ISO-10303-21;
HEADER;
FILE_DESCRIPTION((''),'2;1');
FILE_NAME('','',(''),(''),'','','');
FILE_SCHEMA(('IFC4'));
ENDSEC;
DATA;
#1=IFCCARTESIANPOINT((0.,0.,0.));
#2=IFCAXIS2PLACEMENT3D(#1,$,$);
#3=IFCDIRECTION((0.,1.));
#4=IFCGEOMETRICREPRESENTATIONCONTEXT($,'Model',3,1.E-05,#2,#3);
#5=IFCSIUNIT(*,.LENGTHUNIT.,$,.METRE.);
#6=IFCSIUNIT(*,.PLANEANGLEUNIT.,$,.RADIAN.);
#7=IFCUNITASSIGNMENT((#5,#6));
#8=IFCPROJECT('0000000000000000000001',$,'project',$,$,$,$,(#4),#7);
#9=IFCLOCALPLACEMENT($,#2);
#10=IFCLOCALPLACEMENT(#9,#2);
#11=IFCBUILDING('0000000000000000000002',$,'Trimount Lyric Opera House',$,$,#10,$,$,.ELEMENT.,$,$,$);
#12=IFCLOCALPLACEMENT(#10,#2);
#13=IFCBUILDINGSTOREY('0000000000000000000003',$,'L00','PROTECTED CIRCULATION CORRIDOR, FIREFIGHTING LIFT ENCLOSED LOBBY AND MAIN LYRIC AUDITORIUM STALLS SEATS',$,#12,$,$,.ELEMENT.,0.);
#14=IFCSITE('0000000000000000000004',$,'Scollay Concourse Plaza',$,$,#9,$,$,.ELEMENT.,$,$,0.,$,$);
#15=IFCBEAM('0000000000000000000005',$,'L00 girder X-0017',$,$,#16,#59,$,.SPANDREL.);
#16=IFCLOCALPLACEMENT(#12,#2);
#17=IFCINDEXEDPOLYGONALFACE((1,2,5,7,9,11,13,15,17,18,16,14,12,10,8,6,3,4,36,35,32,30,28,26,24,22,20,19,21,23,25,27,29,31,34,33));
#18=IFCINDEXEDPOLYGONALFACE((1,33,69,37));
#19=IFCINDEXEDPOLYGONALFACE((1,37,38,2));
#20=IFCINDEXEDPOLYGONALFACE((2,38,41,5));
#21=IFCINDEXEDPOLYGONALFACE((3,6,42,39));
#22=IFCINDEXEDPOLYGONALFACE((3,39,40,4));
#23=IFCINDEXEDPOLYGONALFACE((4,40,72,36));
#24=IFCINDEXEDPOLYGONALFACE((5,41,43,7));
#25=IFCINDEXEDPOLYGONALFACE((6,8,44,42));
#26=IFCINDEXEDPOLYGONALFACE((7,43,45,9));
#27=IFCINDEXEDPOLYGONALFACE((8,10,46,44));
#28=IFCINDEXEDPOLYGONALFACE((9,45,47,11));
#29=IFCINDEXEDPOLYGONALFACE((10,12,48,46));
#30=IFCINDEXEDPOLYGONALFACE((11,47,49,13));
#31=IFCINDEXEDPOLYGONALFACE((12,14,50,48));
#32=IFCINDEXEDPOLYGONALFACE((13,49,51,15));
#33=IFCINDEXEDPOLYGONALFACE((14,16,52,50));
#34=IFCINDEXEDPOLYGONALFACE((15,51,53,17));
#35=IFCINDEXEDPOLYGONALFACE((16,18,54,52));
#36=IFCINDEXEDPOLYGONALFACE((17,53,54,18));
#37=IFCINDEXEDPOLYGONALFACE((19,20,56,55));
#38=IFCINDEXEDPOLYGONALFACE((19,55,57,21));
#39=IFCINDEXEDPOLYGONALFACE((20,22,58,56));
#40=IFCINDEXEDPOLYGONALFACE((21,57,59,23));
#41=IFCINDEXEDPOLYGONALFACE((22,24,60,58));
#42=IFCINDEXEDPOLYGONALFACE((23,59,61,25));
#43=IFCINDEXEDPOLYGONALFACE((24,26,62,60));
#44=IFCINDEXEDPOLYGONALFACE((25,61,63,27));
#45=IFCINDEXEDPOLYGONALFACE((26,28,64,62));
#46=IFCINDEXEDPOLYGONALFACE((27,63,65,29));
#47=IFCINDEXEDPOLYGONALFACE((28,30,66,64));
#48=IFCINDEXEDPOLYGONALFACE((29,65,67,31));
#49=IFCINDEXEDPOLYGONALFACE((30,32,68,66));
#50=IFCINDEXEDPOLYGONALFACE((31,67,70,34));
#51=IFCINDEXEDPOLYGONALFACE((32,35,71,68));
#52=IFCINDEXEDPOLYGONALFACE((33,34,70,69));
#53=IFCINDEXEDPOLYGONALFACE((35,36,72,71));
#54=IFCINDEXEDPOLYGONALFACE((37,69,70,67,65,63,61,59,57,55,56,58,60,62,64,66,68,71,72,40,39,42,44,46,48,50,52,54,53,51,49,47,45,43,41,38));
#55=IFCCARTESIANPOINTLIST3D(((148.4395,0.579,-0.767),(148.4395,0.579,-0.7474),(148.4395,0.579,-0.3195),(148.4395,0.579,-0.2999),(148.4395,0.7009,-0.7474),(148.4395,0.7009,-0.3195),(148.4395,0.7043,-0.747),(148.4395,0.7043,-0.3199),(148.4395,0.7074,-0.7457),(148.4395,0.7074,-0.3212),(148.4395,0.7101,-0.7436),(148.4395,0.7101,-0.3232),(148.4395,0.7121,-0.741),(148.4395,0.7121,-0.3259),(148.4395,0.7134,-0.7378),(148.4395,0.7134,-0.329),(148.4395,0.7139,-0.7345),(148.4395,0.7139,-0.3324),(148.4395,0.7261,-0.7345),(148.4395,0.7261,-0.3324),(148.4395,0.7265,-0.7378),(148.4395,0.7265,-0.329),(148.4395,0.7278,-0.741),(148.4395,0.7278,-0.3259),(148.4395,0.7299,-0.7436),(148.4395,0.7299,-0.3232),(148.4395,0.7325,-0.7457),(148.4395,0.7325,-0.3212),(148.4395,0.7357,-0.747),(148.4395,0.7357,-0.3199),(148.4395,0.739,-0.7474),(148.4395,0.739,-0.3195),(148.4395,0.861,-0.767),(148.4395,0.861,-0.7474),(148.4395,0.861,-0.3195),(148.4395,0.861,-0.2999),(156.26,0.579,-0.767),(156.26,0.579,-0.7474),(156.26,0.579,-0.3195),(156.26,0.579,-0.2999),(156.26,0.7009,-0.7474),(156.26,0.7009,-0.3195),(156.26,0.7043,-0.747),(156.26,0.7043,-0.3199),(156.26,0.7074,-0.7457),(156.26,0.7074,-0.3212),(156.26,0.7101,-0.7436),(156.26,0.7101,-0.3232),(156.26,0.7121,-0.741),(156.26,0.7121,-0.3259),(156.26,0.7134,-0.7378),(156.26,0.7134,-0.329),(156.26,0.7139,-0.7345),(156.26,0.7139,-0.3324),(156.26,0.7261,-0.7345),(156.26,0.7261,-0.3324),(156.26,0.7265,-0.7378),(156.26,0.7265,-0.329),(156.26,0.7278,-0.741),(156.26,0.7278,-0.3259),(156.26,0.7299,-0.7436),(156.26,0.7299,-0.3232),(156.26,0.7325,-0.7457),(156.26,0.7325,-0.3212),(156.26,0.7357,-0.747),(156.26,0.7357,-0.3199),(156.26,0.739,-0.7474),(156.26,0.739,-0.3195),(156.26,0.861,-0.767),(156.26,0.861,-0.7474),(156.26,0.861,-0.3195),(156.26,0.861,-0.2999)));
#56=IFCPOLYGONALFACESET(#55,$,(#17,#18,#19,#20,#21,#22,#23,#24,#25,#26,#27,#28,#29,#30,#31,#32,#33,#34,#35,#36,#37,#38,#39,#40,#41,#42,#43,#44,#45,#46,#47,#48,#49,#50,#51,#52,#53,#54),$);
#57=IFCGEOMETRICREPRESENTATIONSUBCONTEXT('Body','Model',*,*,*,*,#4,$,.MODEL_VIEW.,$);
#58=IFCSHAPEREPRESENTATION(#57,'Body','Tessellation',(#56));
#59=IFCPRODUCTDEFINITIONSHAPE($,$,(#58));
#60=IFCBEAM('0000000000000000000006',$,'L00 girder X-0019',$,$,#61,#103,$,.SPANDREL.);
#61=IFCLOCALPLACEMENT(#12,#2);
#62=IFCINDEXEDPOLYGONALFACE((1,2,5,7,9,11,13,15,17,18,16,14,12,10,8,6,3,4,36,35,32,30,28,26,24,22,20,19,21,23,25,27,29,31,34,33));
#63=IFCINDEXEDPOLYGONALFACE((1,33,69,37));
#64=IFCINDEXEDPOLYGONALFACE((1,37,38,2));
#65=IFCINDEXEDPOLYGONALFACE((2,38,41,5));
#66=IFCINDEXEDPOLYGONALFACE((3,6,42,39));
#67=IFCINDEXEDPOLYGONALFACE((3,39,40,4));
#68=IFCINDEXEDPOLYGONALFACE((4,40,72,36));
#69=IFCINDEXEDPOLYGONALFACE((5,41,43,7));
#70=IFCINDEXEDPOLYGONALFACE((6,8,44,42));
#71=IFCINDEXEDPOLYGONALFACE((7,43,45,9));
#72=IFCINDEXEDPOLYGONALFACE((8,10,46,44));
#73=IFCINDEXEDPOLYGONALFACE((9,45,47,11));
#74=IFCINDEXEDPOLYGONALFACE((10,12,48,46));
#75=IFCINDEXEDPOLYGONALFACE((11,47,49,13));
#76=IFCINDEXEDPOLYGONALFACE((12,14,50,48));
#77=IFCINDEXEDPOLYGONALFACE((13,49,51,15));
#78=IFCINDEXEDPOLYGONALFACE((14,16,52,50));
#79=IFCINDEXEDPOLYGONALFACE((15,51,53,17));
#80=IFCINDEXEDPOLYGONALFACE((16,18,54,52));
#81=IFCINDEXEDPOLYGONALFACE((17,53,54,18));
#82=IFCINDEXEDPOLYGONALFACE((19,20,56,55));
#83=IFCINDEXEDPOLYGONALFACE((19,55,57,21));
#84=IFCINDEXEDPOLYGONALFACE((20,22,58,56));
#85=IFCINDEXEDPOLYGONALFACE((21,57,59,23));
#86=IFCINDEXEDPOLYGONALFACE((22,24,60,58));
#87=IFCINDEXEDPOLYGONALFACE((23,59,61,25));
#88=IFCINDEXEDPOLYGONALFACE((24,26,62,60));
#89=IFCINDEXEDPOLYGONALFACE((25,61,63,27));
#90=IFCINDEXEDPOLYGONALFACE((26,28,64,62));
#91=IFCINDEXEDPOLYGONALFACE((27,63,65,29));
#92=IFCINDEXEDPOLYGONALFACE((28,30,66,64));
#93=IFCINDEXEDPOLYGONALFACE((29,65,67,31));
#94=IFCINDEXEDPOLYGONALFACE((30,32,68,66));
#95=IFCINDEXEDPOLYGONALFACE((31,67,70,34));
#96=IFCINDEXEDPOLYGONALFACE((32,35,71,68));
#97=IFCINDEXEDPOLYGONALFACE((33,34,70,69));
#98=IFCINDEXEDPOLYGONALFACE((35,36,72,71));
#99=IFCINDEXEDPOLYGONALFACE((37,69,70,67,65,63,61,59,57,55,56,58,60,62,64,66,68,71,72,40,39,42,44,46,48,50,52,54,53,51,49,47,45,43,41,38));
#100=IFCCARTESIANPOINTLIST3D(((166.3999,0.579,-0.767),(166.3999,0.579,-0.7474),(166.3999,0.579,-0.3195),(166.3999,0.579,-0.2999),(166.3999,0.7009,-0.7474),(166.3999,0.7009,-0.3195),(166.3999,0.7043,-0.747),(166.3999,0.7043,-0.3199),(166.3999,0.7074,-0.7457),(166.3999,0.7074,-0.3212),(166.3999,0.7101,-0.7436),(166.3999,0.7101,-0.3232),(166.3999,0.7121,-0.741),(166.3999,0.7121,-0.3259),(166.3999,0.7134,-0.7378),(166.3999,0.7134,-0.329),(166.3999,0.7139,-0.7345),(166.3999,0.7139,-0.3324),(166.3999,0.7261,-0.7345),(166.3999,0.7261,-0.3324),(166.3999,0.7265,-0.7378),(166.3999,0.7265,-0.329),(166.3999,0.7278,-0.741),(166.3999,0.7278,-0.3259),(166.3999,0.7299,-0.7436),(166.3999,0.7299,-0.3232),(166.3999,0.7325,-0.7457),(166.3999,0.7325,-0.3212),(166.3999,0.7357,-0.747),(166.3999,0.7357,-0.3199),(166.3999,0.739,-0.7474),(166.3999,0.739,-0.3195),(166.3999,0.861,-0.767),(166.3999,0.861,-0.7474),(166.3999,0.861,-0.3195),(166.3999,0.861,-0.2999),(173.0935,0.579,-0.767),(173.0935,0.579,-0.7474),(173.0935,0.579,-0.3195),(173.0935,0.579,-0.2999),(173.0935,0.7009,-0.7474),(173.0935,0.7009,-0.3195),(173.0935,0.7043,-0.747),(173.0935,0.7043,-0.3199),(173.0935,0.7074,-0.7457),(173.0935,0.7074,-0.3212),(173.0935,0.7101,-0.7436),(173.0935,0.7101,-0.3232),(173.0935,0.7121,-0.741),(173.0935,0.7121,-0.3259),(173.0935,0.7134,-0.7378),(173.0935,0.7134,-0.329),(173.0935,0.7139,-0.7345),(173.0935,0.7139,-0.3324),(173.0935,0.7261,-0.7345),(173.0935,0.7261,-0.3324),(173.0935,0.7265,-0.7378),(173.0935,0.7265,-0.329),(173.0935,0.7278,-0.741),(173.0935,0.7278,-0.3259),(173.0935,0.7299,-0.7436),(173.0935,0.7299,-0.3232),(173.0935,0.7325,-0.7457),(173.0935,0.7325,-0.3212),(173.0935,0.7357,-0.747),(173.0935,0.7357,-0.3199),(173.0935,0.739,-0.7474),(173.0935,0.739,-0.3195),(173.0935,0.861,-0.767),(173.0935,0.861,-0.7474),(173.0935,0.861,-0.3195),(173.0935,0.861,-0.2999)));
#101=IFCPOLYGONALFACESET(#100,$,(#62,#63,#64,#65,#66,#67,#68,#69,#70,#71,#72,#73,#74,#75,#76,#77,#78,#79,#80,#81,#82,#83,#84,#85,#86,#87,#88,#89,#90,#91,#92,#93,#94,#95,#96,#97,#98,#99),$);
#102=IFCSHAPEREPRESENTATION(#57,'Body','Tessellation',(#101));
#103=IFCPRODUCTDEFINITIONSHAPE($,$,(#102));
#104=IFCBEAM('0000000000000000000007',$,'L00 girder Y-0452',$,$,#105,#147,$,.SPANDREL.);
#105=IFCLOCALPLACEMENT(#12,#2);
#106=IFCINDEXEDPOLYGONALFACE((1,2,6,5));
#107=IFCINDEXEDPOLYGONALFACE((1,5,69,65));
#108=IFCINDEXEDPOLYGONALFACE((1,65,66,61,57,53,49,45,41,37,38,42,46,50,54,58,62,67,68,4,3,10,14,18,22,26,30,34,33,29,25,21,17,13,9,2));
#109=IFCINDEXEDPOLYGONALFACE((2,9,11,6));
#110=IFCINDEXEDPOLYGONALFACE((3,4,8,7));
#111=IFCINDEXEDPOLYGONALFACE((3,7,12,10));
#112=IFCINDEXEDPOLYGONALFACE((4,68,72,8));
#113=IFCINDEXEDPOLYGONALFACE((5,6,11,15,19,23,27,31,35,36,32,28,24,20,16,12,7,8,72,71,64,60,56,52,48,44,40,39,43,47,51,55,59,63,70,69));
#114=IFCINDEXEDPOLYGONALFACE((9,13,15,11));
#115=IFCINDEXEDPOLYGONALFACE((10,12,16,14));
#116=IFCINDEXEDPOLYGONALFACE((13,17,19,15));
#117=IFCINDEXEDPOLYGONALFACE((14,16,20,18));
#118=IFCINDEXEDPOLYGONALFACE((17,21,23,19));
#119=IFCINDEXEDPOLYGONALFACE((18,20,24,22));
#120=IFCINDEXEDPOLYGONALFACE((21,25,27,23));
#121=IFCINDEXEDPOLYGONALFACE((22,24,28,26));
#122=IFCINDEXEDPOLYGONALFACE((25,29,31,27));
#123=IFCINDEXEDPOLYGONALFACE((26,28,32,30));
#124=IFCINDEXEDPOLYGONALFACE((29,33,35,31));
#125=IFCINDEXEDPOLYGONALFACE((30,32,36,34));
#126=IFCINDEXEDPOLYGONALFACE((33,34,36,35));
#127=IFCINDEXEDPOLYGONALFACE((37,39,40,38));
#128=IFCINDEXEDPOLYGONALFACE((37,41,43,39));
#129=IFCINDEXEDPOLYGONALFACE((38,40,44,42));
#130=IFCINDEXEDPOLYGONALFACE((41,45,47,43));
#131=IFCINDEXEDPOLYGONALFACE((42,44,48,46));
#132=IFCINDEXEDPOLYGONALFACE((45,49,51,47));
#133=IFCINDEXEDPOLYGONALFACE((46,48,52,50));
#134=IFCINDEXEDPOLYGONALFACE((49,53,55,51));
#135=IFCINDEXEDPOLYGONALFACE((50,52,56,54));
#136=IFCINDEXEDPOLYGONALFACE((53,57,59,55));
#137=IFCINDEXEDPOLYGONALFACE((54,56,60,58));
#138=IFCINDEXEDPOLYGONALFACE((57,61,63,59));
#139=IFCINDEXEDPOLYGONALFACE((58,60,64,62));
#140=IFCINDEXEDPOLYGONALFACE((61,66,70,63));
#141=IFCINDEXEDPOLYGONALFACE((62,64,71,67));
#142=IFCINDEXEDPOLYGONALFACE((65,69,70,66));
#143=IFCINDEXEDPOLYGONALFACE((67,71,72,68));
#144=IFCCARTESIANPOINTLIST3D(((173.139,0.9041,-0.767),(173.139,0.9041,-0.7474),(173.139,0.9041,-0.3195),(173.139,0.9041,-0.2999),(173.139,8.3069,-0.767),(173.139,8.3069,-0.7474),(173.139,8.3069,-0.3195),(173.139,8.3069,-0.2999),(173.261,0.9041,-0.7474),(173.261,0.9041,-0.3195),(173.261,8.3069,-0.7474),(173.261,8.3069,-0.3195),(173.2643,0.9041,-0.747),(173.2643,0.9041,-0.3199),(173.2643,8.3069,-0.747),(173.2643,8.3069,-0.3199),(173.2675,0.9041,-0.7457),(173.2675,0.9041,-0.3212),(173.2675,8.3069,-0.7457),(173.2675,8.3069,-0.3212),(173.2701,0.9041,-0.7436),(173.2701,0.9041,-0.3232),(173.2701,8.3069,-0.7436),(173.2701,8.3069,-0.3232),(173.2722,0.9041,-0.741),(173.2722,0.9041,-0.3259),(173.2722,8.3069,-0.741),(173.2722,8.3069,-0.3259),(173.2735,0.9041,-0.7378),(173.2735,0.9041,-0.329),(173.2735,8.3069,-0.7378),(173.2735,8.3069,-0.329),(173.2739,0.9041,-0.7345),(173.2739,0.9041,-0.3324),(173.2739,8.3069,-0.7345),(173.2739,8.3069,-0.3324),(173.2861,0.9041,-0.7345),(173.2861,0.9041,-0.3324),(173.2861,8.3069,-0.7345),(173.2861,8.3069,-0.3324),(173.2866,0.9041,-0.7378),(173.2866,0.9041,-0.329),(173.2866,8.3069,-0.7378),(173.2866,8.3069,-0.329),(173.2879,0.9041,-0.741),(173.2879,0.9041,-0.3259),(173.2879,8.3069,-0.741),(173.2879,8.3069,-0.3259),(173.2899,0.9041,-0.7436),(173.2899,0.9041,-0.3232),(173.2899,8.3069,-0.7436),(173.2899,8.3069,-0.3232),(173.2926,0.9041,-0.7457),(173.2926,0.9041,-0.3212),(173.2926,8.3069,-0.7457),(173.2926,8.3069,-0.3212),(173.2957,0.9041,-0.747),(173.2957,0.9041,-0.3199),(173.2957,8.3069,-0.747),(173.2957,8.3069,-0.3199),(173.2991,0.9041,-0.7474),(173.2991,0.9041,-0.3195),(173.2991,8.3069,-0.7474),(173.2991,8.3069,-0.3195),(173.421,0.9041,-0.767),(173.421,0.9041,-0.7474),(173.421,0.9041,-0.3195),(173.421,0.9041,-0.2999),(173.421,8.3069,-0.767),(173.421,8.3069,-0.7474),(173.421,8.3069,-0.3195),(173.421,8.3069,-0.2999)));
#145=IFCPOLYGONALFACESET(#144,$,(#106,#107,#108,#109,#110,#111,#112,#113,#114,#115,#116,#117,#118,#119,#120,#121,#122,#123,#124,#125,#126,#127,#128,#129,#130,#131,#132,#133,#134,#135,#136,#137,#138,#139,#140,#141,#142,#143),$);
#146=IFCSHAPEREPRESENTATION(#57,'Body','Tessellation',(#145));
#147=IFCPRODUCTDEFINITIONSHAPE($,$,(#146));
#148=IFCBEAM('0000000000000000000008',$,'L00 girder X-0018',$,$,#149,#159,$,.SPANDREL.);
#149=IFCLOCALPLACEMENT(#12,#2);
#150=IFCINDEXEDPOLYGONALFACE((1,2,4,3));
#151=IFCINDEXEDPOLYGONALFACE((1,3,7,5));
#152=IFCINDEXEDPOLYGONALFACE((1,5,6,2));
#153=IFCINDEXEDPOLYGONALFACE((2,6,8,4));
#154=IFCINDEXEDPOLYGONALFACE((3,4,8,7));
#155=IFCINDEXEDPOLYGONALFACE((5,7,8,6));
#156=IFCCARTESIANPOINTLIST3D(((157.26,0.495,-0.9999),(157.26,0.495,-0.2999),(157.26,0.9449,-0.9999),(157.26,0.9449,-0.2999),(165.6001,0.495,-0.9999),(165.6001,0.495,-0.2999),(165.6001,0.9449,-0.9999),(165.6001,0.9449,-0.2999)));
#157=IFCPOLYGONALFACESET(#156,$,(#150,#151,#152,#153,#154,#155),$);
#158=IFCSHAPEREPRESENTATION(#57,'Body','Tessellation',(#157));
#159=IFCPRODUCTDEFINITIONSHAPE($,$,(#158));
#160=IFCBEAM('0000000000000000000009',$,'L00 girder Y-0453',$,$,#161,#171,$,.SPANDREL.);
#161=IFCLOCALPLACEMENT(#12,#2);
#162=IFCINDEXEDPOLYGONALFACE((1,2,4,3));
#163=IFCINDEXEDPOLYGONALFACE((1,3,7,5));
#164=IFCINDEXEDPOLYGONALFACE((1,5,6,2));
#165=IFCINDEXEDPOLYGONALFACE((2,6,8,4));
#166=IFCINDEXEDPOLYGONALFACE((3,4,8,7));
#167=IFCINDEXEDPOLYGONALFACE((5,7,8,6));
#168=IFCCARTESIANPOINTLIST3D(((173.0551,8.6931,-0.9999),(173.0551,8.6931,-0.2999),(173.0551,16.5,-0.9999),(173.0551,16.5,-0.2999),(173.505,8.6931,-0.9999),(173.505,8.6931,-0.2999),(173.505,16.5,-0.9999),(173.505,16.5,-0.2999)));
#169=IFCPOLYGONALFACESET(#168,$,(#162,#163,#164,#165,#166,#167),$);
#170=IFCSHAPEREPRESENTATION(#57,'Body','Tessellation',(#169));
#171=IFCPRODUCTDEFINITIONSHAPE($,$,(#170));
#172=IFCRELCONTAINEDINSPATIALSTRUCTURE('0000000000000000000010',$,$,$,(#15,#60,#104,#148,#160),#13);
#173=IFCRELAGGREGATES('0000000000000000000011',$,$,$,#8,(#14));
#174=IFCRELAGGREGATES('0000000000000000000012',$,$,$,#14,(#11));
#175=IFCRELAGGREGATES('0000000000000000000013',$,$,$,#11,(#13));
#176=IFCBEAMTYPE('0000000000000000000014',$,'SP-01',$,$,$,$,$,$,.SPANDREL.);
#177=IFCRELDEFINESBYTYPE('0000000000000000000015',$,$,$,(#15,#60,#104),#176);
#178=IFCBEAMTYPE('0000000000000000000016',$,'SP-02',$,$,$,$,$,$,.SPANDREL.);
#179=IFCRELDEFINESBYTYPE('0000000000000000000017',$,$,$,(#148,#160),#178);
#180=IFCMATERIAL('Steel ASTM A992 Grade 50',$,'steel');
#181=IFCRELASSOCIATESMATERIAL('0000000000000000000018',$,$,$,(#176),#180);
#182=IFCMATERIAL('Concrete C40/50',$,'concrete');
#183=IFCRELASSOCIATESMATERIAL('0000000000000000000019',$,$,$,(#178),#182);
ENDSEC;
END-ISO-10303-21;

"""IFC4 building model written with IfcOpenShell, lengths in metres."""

from ifc_helpers import new_model, si_unit, direction, frame, origin, origin_2d, place, context, subcontext, project, spatial, rectangle, i_section, extrude, material, material_profile, profile_set, type_object, element, save


model = new_model("IFC4")

# Units and contexts
model_context = context("Model", 3, precision=1e-05, world=origin(), true_north=direction((0.0, 1.0)))
body_context = subcontext(model_context, "Body", "Model", "MODEL_VIEW")
ifc_project = project(units=[si_unit("LENGTHUNIT", "METRE"), si_unit("PLANEANGLEUNIT", "RADIAN")], contexts=[model_context])

# Site, building, storey
site_placement = place(None, origin())
site = spatial("IfcSite", under=ifc_project, at=site_placement, Name="Scollay Concourse Plaza", CompositionType="ELEMENT", RefElevation=0.0)
building_placement = place(site_placement, origin())
building = spatial("IfcBuilding", under=site, at=building_placement, Name="Trimount Lyric Opera House", CompositionType="ELEMENT")
storey_placement = place(building_placement, origin())
storey = spatial("IfcBuildingStorey", under=building, at=storey_placement, Name="L00", Description="PROTECTED CIRCULATION CORRIDOR, FIREFIGHTING LIFT ENCLOSED LOBBY AND MAIN LYRIC AUDITORIUM STALLS SEATS", CompositionType="ELEMENT", Elevation=0.0)

# Beams
ifc_material_1 = material(Name="Steel ASTM A992 Grade 50", Category="steel")
ifc_material_profile_1 = material_profile(ifc_material_1, i_section(OverallWidth=0.282, OverallDepth=0.467, WebThickness=0.0122, FlangeThickness=0.0195, FilletRadius=0.0129, at=origin_2d()), Name="W18X86")
ifc_profile_set_1 = profile_set([ifc_material_profile_1], Name="Steel ASTM A992 Grade 50")
beam_type_1 = type_object("IfcBeamType", Name="SP-01", PredefinedType="SPANDREL", material=ifc_profile_set_1)
beam_1_placement = place(storey_placement, frame((148.4395, 0.72, -0.5334), z_axis=(1.0, 0.0, 0.0), x_axis=(0.0, 1.0, 0.0)))
element("IfcBeam", 1, at=beam_1_placement, inside=storey, type_object=beam_type_1, Name="L00 girder X-0017", PredefinedType="SPANDREL", context=body_context, shape_type="SweptSolid", body=[
    extrude(i_section(OverallWidth=0.282, OverallDepth=0.467, WebThickness=0.0122, FlangeThickness=0.0195, FilletRadius=0.0129, at=origin_2d()), origin(), (0.0, 0.0, 1.0), 7.8206),
])
beam_2_placement = place(storey_placement, frame((166.3999, 0.72, -0.5334), z_axis=(1.0, 0.0, 0.0), x_axis=(0.0, 1.0, 0.0)))
element("IfcBeam", 2, at=beam_2_placement, inside=storey, type_object=beam_type_1, Name="L00 girder X-0019", PredefinedType="SPANDREL", context=body_context, shape_type="SweptSolid", body=[
    extrude(i_section(OverallWidth=0.282, OverallDepth=0.467, WebThickness=0.0122, FlangeThickness=0.0195, FilletRadius=0.0129, at=origin_2d()), origin(), (0.0, 0.0, 1.0), 6.6936),
])
beam_3_placement = place(storey_placement, frame((173.28, 0.9041, -0.5334), z_axis=(0.0, 1.0, 0.0), x_axis=(-1.0, 0.0, 0.0)))
element("IfcBeam", 3, at=beam_3_placement, inside=storey, type_object=beam_type_1, Name="L00 girder Y-0452", PredefinedType="SPANDREL", context=body_context, shape_type="SweptSolid", body=[
    extrude(i_section(OverallWidth=0.282, OverallDepth=0.467, WebThickness=0.0122, FlangeThickness=0.0195, FilletRadius=0.0129, at=origin_2d()), origin(), (0.0, 0.0, 1.0), 7.4028),
])
ifc_material_2 = material(Name="Concrete C40/50", Category="concrete")
ifc_material_profile_2 = material_profile(ifc_material_2, rectangle(XDim=0.45, YDim=0.7, at=origin_2d()), Name="RC450X700")
ifc_profile_set_2 = profile_set([ifc_material_profile_2], Name="Concrete C40/50")
beam_type_2 = type_object("IfcBeamType", Name="SP-02", PredefinedType="SPANDREL", material=ifc_profile_set_2)
beam_4_placement = place(storey_placement, frame((157.26, 0.72, -0.6499), z_axis=(1.0, 0.0, 0.0), x_axis=(0.0, 1.0, 0.0)))
element("IfcBeam", 4, at=beam_4_placement, inside=storey, type_object=beam_type_2, Name="L00 girder X-0018", PredefinedType="SPANDREL", context=body_context, shape_type="SweptSolid", body=[
    extrude(rectangle(XDim=0.45, YDim=0.7, at=origin_2d()), origin(), (0.0, 0.0, 1.0), 8.3401),
])
beam_5_placement = place(storey_placement, frame((173.28, 8.6931, -0.6499), z_axis=(0.0, 1.0, 0.0), x_axis=(-1.0, 0.0, 0.0)))
element("IfcBeam", 5, at=beam_5_placement, inside=storey, type_object=beam_type_2, Name="L00 girder Y-0453", PredefinedType="SPANDREL", context=body_context, shape_type="SweptSolid", body=[
    extrude(rectangle(XDim=0.45, YDim=0.7, at=origin_2d()), origin(), (0.0, 0.0, 1.0), 7.8069),
])

save(model, "model.ifc")
